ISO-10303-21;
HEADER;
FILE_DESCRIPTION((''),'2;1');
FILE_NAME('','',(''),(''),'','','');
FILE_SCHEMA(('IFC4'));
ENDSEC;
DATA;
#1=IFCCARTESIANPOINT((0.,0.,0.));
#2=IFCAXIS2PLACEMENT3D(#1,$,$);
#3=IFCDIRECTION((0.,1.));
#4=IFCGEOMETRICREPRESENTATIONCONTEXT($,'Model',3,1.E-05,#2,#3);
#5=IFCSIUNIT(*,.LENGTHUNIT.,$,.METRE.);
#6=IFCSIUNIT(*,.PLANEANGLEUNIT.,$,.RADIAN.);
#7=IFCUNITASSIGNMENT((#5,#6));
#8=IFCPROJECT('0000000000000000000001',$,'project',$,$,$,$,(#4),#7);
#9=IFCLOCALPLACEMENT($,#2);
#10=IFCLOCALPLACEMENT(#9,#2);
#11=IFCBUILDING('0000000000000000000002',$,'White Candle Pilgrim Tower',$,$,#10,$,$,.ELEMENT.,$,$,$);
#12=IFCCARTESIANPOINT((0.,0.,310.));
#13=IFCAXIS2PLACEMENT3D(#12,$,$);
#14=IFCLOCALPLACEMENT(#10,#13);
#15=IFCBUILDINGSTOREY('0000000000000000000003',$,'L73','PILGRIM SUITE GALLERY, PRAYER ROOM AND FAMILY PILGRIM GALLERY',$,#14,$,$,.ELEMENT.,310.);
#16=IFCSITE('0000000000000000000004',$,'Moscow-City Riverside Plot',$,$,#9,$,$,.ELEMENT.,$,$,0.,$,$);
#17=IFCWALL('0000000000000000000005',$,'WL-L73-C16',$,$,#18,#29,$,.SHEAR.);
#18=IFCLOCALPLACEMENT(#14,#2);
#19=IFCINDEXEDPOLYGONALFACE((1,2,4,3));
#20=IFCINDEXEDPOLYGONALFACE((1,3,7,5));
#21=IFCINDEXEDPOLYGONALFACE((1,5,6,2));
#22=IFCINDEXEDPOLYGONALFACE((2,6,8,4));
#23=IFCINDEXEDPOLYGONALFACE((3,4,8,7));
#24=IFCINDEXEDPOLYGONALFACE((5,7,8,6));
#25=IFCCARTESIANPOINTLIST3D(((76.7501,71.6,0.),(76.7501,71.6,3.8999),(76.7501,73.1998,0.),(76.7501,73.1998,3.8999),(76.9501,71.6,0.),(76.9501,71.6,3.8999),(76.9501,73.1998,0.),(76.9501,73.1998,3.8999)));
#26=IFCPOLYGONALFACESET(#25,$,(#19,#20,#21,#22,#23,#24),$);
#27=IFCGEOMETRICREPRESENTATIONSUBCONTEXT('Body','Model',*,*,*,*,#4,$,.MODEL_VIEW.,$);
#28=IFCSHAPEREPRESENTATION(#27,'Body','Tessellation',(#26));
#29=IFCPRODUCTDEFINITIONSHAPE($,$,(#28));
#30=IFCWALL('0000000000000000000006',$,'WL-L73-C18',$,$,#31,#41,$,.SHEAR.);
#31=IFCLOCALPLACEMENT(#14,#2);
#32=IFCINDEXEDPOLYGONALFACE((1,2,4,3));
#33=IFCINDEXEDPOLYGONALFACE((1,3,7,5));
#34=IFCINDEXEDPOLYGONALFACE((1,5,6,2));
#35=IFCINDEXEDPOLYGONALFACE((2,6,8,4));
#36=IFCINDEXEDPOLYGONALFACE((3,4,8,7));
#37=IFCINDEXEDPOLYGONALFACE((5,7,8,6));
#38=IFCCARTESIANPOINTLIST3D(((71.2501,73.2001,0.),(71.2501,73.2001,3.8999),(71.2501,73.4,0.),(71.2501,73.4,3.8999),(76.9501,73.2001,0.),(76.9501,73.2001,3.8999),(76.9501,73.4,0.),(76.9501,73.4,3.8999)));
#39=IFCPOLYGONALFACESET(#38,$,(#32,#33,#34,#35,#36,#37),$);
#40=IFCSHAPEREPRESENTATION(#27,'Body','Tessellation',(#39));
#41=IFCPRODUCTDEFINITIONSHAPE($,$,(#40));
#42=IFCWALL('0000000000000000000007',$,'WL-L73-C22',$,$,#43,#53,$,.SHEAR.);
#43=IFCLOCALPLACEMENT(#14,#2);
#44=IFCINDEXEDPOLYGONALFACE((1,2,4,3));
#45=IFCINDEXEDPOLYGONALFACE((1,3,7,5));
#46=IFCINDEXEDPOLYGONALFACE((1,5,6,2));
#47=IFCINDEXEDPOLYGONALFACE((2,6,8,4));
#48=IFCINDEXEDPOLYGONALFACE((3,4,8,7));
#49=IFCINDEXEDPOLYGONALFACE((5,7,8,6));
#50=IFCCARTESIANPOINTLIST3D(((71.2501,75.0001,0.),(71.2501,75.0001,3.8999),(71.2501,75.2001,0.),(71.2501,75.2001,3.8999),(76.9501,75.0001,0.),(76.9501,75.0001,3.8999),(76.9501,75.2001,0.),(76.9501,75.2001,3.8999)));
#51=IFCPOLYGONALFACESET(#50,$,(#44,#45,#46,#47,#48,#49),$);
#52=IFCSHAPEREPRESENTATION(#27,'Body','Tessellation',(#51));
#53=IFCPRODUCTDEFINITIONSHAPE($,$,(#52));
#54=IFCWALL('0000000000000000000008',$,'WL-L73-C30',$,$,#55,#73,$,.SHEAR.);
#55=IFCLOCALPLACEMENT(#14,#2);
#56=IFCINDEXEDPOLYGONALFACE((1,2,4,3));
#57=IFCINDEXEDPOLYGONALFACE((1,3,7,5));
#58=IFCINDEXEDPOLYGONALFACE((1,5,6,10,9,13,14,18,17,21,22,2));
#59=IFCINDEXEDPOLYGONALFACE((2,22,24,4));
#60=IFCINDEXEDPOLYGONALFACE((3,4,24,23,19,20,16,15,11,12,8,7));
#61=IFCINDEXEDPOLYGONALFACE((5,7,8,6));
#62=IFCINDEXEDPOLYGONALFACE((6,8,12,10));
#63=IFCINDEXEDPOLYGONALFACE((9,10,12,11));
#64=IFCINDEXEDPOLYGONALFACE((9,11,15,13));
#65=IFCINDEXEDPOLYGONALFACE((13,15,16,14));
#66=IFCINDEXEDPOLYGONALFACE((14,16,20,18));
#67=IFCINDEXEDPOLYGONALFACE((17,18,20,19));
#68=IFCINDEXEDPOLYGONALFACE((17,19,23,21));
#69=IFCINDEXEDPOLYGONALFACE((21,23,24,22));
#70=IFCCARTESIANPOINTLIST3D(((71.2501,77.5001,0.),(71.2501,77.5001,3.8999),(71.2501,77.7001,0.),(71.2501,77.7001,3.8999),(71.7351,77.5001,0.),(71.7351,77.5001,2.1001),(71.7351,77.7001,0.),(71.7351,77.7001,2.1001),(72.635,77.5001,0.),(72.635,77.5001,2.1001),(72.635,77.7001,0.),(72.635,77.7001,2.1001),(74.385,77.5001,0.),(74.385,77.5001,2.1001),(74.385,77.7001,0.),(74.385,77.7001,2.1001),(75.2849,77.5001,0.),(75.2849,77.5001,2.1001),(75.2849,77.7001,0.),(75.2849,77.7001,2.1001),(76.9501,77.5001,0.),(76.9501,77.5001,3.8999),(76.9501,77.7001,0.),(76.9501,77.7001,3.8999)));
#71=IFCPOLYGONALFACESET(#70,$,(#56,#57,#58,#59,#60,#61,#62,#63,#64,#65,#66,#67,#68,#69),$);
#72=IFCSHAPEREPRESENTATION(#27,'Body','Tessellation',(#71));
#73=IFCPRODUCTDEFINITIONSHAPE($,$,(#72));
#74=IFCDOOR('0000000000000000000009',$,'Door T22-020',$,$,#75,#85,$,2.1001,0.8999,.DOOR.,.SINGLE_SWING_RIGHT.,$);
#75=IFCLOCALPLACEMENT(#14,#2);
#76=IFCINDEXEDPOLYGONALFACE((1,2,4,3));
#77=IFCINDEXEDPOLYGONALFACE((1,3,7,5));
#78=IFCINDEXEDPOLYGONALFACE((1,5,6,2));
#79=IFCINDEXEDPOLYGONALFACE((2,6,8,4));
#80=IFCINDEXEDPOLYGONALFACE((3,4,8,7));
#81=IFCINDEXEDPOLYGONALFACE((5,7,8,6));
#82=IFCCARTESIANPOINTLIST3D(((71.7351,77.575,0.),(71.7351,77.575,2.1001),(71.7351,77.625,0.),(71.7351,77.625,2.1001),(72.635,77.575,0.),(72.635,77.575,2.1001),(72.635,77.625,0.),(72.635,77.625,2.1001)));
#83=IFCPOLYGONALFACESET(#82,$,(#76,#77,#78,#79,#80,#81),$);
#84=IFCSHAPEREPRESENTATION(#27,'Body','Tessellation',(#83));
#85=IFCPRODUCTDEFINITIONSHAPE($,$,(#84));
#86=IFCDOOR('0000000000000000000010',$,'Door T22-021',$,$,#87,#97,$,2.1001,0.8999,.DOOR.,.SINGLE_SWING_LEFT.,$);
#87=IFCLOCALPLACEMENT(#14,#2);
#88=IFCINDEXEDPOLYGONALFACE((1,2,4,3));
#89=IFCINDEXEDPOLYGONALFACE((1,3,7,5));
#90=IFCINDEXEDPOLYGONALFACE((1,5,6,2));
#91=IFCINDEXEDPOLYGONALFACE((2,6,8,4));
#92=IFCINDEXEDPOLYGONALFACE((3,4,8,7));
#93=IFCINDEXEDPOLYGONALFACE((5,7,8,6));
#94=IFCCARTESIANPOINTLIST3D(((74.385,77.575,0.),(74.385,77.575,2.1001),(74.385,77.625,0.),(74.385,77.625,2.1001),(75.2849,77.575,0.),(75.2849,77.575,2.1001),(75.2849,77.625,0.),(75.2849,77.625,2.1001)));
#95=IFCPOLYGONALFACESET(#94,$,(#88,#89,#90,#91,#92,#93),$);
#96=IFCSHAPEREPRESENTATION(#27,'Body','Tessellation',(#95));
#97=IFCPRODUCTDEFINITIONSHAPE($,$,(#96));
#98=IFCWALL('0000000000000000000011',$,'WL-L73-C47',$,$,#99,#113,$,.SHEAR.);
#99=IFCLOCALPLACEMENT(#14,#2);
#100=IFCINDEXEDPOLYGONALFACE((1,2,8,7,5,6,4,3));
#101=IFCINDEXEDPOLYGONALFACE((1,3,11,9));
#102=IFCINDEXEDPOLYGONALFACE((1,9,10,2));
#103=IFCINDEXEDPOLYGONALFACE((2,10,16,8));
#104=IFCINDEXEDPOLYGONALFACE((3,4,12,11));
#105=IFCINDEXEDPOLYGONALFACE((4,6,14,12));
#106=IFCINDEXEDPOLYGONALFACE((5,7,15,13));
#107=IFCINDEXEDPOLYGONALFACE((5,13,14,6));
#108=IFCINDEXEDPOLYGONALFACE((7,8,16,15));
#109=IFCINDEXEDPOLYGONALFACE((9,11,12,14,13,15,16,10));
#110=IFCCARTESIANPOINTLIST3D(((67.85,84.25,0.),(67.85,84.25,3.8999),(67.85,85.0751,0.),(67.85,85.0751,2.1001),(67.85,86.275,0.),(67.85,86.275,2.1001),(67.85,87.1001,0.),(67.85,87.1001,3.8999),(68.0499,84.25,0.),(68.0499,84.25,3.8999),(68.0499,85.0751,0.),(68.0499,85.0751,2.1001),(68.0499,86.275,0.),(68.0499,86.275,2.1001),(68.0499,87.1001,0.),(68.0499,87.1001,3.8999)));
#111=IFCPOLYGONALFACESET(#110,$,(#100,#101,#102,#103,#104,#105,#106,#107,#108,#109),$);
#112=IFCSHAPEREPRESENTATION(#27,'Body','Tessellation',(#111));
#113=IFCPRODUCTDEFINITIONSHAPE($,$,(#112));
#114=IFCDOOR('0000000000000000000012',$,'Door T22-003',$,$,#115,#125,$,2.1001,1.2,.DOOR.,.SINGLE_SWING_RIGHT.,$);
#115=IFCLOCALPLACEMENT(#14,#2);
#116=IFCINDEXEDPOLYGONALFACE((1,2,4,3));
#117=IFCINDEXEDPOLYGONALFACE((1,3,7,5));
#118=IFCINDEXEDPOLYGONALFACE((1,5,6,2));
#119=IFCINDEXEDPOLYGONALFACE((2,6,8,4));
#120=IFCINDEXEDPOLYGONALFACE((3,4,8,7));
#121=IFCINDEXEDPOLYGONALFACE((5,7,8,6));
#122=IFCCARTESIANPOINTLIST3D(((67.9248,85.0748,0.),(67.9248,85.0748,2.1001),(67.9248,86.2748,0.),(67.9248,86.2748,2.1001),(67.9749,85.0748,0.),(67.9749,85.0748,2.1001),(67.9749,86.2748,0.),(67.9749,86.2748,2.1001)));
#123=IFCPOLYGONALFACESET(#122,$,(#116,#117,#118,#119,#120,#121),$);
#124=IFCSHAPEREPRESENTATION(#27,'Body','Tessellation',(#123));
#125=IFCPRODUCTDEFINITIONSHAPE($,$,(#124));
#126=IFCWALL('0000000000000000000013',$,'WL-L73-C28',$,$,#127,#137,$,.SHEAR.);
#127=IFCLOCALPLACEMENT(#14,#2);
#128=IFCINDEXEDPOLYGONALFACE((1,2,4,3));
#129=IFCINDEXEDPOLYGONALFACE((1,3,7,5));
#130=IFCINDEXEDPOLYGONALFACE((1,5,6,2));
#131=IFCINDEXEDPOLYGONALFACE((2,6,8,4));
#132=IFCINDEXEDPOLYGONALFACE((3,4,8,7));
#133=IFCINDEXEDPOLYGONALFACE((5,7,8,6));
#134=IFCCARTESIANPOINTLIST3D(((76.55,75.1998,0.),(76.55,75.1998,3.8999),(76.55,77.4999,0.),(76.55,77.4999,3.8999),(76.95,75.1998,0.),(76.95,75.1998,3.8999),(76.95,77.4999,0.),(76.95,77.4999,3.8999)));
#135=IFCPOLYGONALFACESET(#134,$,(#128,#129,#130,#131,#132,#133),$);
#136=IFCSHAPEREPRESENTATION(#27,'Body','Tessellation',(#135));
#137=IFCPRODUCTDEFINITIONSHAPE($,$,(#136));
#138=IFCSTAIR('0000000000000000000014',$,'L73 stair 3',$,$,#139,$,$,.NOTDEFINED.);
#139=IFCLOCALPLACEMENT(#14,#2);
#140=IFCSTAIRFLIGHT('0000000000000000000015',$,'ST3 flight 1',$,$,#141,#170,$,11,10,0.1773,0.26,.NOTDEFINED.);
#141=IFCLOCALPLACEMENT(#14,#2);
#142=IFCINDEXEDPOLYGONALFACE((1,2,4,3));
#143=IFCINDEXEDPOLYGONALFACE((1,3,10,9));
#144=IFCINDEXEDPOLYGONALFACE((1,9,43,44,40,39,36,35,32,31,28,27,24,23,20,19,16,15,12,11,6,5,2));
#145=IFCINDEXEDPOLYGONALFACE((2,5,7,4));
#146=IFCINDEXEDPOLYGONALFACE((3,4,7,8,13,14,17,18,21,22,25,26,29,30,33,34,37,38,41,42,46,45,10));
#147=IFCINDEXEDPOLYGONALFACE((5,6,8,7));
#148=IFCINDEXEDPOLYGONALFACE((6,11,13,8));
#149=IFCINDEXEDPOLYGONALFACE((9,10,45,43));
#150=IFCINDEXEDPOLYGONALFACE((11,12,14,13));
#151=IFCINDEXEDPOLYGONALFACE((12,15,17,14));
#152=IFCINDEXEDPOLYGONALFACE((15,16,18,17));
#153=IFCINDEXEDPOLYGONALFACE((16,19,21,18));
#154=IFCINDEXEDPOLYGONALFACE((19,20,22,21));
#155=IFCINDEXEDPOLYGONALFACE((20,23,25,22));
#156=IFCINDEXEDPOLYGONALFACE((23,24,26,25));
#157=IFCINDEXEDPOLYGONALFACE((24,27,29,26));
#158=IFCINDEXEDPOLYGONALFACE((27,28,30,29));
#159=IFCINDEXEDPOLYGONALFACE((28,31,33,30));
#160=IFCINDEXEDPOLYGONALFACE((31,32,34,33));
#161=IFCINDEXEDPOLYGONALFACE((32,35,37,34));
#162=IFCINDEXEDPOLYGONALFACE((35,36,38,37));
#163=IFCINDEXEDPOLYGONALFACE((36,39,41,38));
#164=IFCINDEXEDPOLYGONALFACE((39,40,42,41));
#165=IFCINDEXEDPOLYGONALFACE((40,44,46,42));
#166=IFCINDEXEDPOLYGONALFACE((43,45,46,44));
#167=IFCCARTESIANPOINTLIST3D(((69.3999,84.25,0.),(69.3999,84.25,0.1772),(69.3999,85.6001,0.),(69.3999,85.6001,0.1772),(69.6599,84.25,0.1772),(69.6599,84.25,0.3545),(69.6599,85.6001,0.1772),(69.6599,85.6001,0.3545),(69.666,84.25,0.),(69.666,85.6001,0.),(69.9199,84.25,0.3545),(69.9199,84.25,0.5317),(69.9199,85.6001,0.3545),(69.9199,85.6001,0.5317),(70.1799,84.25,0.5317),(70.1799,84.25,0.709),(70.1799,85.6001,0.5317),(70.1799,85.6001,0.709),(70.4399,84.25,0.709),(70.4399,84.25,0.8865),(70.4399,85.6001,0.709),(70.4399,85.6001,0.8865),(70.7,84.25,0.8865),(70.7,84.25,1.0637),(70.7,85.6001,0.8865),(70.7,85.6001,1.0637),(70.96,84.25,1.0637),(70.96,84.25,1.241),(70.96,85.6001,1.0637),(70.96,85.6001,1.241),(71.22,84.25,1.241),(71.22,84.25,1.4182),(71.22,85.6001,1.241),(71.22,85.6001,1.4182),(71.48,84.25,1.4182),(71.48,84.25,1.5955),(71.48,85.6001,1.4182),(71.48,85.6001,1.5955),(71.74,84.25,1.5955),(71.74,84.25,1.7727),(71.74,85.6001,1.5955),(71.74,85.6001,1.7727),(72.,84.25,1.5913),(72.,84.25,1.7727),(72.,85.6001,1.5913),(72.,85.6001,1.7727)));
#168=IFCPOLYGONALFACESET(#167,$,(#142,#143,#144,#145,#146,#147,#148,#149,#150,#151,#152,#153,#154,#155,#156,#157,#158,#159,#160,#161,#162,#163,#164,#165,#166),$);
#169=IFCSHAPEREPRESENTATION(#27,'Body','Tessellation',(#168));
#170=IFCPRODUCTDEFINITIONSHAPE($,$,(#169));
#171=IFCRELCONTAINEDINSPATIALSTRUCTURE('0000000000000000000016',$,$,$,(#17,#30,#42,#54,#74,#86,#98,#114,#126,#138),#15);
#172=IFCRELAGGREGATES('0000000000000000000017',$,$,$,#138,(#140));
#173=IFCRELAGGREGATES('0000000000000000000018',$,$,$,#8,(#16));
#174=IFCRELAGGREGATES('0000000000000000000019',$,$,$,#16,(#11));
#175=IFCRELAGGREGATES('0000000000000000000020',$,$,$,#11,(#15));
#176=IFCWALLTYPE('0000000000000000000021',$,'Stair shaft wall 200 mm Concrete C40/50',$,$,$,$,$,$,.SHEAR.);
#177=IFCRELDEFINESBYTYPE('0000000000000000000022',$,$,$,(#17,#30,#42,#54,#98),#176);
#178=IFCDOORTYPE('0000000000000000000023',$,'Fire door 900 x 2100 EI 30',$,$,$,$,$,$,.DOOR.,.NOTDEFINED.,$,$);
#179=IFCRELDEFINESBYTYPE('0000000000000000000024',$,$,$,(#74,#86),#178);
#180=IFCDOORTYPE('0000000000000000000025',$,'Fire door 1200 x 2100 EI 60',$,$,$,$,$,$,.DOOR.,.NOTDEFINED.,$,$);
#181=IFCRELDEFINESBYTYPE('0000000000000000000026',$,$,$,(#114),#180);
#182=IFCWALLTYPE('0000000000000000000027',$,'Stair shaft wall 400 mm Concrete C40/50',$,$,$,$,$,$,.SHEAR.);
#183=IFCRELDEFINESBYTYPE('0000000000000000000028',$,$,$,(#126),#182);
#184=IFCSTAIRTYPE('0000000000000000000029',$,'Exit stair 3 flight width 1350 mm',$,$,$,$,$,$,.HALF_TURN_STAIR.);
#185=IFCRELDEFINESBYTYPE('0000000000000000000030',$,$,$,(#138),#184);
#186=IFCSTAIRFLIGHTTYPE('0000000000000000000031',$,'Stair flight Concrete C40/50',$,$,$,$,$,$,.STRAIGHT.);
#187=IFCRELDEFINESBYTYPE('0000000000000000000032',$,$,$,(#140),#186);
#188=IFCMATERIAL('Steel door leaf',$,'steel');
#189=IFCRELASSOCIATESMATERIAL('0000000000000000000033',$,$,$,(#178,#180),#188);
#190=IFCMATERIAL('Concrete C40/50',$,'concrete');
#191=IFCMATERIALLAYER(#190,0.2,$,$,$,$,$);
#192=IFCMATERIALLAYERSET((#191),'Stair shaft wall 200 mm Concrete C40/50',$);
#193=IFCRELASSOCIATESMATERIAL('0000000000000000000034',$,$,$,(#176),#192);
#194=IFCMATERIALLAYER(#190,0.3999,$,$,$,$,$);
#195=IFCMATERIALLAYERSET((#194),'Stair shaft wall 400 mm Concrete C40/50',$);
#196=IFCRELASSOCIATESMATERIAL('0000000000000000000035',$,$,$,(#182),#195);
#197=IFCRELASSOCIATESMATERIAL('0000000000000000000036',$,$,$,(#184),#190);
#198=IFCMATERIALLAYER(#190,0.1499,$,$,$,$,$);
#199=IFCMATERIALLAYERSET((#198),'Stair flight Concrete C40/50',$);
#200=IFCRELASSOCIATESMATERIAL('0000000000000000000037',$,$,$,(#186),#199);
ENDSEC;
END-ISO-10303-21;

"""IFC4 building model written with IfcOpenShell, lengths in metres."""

from ifc_helpers import new_model, si_unit, direction, frame, frame_2d, origin, place, context, subcontext, project, spatial, polyline, rectangle, outline, extrude, material, layer, layer_set, type_object, element, fill, aggregate, save


model = new_model("IFC4")

# Units and contexts
model_context = context("Model", 3, precision=1e-05, world=origin(), true_north=direction((0.0, 1.0)))
body_context = subcontext(model_context, "Body", "Model", "MODEL_VIEW")
ifc_project = project(units=[si_unit("LENGTHUNIT", "METRE"), si_unit("PLANEANGLEUNIT", "RADIAN")], contexts=[model_context])

# Site, building, storey
site_placement = place(None, origin())
site = spatial("IfcSite", under=ifc_project, at=site_placement, Name="Moscow-City Riverside Plot", CompositionType="ELEMENT", RefElevation=0.0)
building_placement = place(site_placement, origin())
building = spatial("IfcBuilding", under=site, at=building_placement, Name="White Candle Pilgrim Tower", CompositionType="ELEMENT")
storey_placement = place(building_placement, frame((0.0, 0.0, 310.0)))
storey = spatial("IfcBuildingStorey", under=building, at=storey_placement, Name="L73", Description="PILGRIM SUITE GALLERY, PRAYER ROOM AND FAMILY PILGRIM GALLERY", CompositionType="ELEMENT", Elevation=310.0)

# Shared definitions
ifc_material_1 = material(Name="Concrete C40/50", Category="concrete")

# Shared definitions
ifc_material_2 = material(Name="Steel door leaf", Category="steel")
door_type_1 = type_object("IfcDoorType", Name="Fire door 900 x 2100 EI 30", OperationType="NOTDEFINED", PredefinedType="DOOR", material=ifc_material_2)

# Walls
ifc_layer_1 = layer(ifc_material_1, 0.2)
ifc_layer_set_1 = layer_set([ifc_layer_1], Name="Stair shaft wall 200 mm Concrete C40/50")
wall_type_1 = type_object("IfcWallType", Name="Stair shaft wall 200 mm Concrete C40/50", PredefinedType="SHEAR", material=ifc_layer_set_1)
wall_1_placement = place(storey_placement, frame((76.8501, 71.6001, 0.0), z_axis=(0.0, 0.0, 1.0), x_axis=(0.0, 1.0, 0.0)))
element("IfcWall", 1, at=wall_1_placement, inside=storey, type_object=wall_type_1, Name="WL-L73-C16", PredefinedType="SHEAR", context=body_context, shape_type="SweptSolid", body=[
    extrude(rectangle(XDim=1.5999, YDim=0.2, at=frame_2d((0.7998, 0.0))), origin(), (0.0, 0.0, 1.0), 3.8999),
])
for number, where, z_axis, x_axis, name in (
    (2, (71.25, 73.3, 0.0), (0.0, 0.0, 1.0), (1.0, 0.0, 0.0), "WL-L73-C18"),
    (3, (71.25, 75.1001, 0.0), (0.0, 0.0, 1.0), (1.0, 0.0, 0.0), "WL-L73-C22"),
):
    element("IfcWall", number, at=place(storey_placement, frame(where, z_axis=z_axis, x_axis=x_axis)), inside=storey, type_object=wall_type_1, Name=name, PredefinedType="SHEAR", context=body_context, shape_type="SweptSolid", body=[
        extrude(rectangle(XDim=5.7, YDim=0.2, at=frame_2d((2.8501, 0.0))), origin(), (0.0, 0.0, 1.0), 3.8999),
    ])

# Wall, openings, doors
wall_2_placement = place(storey_placement, frame((71.25, 77.6001, 0.0), z_axis=(0.0, 0.0, 1.0), x_axis=(1.0, 0.0, 0.0)))
wall_2 = element("IfcWall", 4, at=wall_2_placement, inside=storey, type_object=wall_type_1, Name="WL-L73-C30", PredefinedType="SHEAR", context=body_context, shape_type="SweptSolid", body=[
    extrude(rectangle(XDim=5.7, YDim=0.2, at=frame_2d((2.8501, 0.0))), origin(), (0.0, 0.0, 1.0), 3.8999),
])
opening_1_placement = place(wall_2_placement, frame((0.4851, 0.0, 0.0)))
opening_1 = element("IfcOpeningElement", 5, at=opening_1_placement, cuts=wall_2, PredefinedType="OPENING", context=body_context, shape_type="SweptSolid", body=[
    extrude(rectangle(XDim=0.8999, YDim=2.1001, at=frame_2d((0.45, 1.05))), frame((0.0, 0.1099, 0.0), z_axis=(0.0, -1.0, 0.0), x_axis=(1.0, 0.0, 0.0)), (0.0, 0.0, 1.0), 0.22),
])
opening_2_placement = place(wall_2_placement, frame((3.135, 0.0, 0.0)))
opening_2 = element("IfcOpeningElement", 6, at=opening_2_placement, cuts=wall_2, PredefinedType="OPENING", context=body_context, shape_type="SweptSolid", body=[
    extrude(rectangle(XDim=0.8999, YDim=2.1001, at=frame_2d((0.45, 1.05))), frame((0.0, 0.1099, 0.0), z_axis=(0.0, -1.0, 0.0), x_axis=(1.0, 0.0, 0.0)), (0.0, 0.0, 1.0), 0.22),
])
door_1_placement = place(opening_1_placement, origin())
door_1 = element("IfcDoor", 7, at=door_1_placement, inside=storey, type_object=door_type_1, Name="Door T22-020", OperationType="SINGLE_SWING_RIGHT", OverallHeight=2.1001, OverallWidth=0.8999, PredefinedType="DOOR", context=body_context, shape_type="SweptSolid", body=[
    extrude(rectangle(XDim=0.8999, YDim=2.1001, at=frame_2d((0.45, 1.05))), frame((0.0, 0.0249, 0.0), z_axis=(0.0, -1.0, 0.0), x_axis=(1.0, 0.0, 0.0)), (0.0, 0.0, 1.0), 0.05),
])
fill(opening_1, door_1)
door_2_placement = place(opening_2_placement, origin())
door_2 = element("IfcDoor", 8, at=door_2_placement, inside=storey, type_object=door_type_1, Name="Door T22-021", OperationType="SINGLE_SWING_LEFT", OverallHeight=2.1001, OverallWidth=0.8999, PredefinedType="DOOR", context=body_context, shape_type="SweptSolid", body=[
    extrude(rectangle(XDim=0.8999, YDim=2.1001, at=frame_2d((0.45, 1.05))), frame((0.0, 0.0249, 0.0), z_axis=(0.0, -1.0, 0.0), x_axis=(1.0, 0.0, 0.0)), (0.0, 0.0, 1.0), 0.05),
])
fill(opening_2, door_2)

# Wall, opening, door
wall_3_placement = place(storey_placement, frame((67.95, 84.25, 0.0), z_axis=(0.0, 0.0, 1.0), x_axis=(0.0, 1.0, 0.0)))
wall_3 = element("IfcWall", 9, at=wall_3_placement, inside=storey, type_object=wall_type_1, Name="WL-L73-C47", PredefinedType="SHEAR", context=body_context, shape_type="SweptSolid", body=[
    extrude(rectangle(XDim=2.8501, YDim=0.2, at=frame_2d((1.425, 0.0))), origin(), (0.0, 0.0, 1.0), 3.8999),
])
opening_3_placement = place(wall_3_placement, frame((0.825, 0.0, 0.0)))
opening_3 = element("IfcOpeningElement", 10, at=opening_3_placement, cuts=wall_3, PredefinedType="OPENING", context=body_context, shape_type="SweptSolid", body=[
    extrude(rectangle(XDim=1.2, YDim=2.1001, at=frame_2d((0.6001, 1.05))), frame((0.0, 0.1099, 0.0), z_axis=(0.0, -1.0, 0.0), x_axis=(1.0, 0.0, 0.0)), (0.0, 0.0, 1.0), 0.22),
])
door_type_2 = type_object("IfcDoorType", Name="Fire door 1200 x 2100 EI 60", OperationType="NOTDEFINED", PredefinedType="DOOR", material=ifc_material_2)
door_3_placement = place(opening_3_placement, frame((1.2, 0.0, 0.0), z_axis=(0.0, 0.0, 1.0), x_axis=(-1.0, 0.0, 0.0)))
door_3 = element("IfcDoor", 11, at=door_3_placement, inside=storey, type_object=door_type_2, Name="Door T22-003", OperationType="SINGLE_SWING_RIGHT", OverallHeight=2.1001, OverallWidth=1.2, PredefinedType="DOOR", context=body_context, shape_type="SweptSolid", body=[
    extrude(rectangle(XDim=1.2, YDim=2.1001, at=frame_2d((0.6001, 1.05))), frame((0.0, 0.0249, 0.0), z_axis=(0.0, -1.0, 0.0), x_axis=(1.0, 0.0, 0.0)), (0.0, 0.0, 1.0), 0.05),
])
fill(opening_3, door_3)

# Wall
ifc_layer_2 = layer(ifc_material_1, 0.3999)
ifc_layer_set_2 = layer_set([ifc_layer_2], Name="Stair shaft wall 400 mm Concrete C40/50")
wall_type_2 = type_object("IfcWallType", Name="Stair shaft wall 400 mm Concrete C40/50", PredefinedType="SHEAR", material=ifc_layer_set_2)
wall_4_placement = place(storey_placement, frame((76.75, 75.2, 0.0), z_axis=(0.0, 0.0, 1.0), x_axis=(0.0, 1.0, 0.0)))
element("IfcWall", 12, at=wall_4_placement, inside=storey, type_object=wall_type_2, Name="WL-L73-C28", PredefinedType="SHEAR", context=body_context, shape_type="SweptSolid", body=[
    extrude(rectangle(XDim=2.3, YDim=0.3999, at=frame_2d((1.1499, 0.0))), origin(), (0.0, 0.0, 1.0), 3.8999),
])

# Stair, stair flight
stair_type = type_object("IfcStairType", Name="Exit stair 3 flight width 1350 mm", PredefinedType="HALF_TURN_STAIR", material=ifc_material_1)
stair_placement = place(storey_placement, origin())
stair = element("IfcStair", 13, at=stair_placement, inside=storey, type_object=stair_type, Name="L73 stair 3", PredefinedType="NOTDEFINED")
ifc_layer_3 = layer(ifc_material_1, 0.1499)
ifc_layer_set_3 = layer_set([ifc_layer_3], Name="Stair flight Concrete C40/50")
stair_flight_type = type_object("IfcStairFlightType", Name="Stair flight Concrete C40/50", PredefinedType="STRAIGHT", material=ifc_layer_set_3)
stair_flight_1_placement = place(storey_placement, frame((69.3999, 84.925, 0.0), z_axis=(0.0, 0.0, 1.0), x_axis=(1.0, 0.0, 0.0)))
stair_flight_1 = element("IfcStairFlight", 14, at=stair_flight_1_placement, type_object=stair_flight_type, Name="ST3 flight 1", NumberOfRisers=11, NumberOfTreads=10, PredefinedType="NOTDEFINED", RiserHeight=0.1773, TreadLength=0.26, context=body_context, shape_type="SweptSolid", body=[
    extrude(outline(polyline([(0.0, 0.0), (0.0, 0.1772), (0.26, 0.1772), (0.26, 0.3545), (0.52, 0.3545), (0.52, 0.5317), (0.78, 0.5317), (0.78, 0.709), (1.04, 0.709), (1.04, 0.8865), (1.3, 0.8865), (1.3, 1.0637), (1.5601, 1.0637), (1.5601, 1.241), (1.8201, 1.241), (1.8201, 1.4182), (2.0801, 1.4182), (2.0801, 1.5955), (2.3401, 1.5955), (2.3401, 1.7727), (2.6001, 1.7727), (2.6001, 1.95), (2.6001, 1.5913), (0.2661, 0.0), (0.0, 0.0)])), frame((0.0, 0.675, 0.0), z_axis=(0.0, -1.0, 0.0), x_axis=(1.0, 0.0, 0.0)), (0.0, 0.0, 1.0), 1.3501),
])
aggregate(stair, [stair_flight_1])

save(model, "model.ifc")
